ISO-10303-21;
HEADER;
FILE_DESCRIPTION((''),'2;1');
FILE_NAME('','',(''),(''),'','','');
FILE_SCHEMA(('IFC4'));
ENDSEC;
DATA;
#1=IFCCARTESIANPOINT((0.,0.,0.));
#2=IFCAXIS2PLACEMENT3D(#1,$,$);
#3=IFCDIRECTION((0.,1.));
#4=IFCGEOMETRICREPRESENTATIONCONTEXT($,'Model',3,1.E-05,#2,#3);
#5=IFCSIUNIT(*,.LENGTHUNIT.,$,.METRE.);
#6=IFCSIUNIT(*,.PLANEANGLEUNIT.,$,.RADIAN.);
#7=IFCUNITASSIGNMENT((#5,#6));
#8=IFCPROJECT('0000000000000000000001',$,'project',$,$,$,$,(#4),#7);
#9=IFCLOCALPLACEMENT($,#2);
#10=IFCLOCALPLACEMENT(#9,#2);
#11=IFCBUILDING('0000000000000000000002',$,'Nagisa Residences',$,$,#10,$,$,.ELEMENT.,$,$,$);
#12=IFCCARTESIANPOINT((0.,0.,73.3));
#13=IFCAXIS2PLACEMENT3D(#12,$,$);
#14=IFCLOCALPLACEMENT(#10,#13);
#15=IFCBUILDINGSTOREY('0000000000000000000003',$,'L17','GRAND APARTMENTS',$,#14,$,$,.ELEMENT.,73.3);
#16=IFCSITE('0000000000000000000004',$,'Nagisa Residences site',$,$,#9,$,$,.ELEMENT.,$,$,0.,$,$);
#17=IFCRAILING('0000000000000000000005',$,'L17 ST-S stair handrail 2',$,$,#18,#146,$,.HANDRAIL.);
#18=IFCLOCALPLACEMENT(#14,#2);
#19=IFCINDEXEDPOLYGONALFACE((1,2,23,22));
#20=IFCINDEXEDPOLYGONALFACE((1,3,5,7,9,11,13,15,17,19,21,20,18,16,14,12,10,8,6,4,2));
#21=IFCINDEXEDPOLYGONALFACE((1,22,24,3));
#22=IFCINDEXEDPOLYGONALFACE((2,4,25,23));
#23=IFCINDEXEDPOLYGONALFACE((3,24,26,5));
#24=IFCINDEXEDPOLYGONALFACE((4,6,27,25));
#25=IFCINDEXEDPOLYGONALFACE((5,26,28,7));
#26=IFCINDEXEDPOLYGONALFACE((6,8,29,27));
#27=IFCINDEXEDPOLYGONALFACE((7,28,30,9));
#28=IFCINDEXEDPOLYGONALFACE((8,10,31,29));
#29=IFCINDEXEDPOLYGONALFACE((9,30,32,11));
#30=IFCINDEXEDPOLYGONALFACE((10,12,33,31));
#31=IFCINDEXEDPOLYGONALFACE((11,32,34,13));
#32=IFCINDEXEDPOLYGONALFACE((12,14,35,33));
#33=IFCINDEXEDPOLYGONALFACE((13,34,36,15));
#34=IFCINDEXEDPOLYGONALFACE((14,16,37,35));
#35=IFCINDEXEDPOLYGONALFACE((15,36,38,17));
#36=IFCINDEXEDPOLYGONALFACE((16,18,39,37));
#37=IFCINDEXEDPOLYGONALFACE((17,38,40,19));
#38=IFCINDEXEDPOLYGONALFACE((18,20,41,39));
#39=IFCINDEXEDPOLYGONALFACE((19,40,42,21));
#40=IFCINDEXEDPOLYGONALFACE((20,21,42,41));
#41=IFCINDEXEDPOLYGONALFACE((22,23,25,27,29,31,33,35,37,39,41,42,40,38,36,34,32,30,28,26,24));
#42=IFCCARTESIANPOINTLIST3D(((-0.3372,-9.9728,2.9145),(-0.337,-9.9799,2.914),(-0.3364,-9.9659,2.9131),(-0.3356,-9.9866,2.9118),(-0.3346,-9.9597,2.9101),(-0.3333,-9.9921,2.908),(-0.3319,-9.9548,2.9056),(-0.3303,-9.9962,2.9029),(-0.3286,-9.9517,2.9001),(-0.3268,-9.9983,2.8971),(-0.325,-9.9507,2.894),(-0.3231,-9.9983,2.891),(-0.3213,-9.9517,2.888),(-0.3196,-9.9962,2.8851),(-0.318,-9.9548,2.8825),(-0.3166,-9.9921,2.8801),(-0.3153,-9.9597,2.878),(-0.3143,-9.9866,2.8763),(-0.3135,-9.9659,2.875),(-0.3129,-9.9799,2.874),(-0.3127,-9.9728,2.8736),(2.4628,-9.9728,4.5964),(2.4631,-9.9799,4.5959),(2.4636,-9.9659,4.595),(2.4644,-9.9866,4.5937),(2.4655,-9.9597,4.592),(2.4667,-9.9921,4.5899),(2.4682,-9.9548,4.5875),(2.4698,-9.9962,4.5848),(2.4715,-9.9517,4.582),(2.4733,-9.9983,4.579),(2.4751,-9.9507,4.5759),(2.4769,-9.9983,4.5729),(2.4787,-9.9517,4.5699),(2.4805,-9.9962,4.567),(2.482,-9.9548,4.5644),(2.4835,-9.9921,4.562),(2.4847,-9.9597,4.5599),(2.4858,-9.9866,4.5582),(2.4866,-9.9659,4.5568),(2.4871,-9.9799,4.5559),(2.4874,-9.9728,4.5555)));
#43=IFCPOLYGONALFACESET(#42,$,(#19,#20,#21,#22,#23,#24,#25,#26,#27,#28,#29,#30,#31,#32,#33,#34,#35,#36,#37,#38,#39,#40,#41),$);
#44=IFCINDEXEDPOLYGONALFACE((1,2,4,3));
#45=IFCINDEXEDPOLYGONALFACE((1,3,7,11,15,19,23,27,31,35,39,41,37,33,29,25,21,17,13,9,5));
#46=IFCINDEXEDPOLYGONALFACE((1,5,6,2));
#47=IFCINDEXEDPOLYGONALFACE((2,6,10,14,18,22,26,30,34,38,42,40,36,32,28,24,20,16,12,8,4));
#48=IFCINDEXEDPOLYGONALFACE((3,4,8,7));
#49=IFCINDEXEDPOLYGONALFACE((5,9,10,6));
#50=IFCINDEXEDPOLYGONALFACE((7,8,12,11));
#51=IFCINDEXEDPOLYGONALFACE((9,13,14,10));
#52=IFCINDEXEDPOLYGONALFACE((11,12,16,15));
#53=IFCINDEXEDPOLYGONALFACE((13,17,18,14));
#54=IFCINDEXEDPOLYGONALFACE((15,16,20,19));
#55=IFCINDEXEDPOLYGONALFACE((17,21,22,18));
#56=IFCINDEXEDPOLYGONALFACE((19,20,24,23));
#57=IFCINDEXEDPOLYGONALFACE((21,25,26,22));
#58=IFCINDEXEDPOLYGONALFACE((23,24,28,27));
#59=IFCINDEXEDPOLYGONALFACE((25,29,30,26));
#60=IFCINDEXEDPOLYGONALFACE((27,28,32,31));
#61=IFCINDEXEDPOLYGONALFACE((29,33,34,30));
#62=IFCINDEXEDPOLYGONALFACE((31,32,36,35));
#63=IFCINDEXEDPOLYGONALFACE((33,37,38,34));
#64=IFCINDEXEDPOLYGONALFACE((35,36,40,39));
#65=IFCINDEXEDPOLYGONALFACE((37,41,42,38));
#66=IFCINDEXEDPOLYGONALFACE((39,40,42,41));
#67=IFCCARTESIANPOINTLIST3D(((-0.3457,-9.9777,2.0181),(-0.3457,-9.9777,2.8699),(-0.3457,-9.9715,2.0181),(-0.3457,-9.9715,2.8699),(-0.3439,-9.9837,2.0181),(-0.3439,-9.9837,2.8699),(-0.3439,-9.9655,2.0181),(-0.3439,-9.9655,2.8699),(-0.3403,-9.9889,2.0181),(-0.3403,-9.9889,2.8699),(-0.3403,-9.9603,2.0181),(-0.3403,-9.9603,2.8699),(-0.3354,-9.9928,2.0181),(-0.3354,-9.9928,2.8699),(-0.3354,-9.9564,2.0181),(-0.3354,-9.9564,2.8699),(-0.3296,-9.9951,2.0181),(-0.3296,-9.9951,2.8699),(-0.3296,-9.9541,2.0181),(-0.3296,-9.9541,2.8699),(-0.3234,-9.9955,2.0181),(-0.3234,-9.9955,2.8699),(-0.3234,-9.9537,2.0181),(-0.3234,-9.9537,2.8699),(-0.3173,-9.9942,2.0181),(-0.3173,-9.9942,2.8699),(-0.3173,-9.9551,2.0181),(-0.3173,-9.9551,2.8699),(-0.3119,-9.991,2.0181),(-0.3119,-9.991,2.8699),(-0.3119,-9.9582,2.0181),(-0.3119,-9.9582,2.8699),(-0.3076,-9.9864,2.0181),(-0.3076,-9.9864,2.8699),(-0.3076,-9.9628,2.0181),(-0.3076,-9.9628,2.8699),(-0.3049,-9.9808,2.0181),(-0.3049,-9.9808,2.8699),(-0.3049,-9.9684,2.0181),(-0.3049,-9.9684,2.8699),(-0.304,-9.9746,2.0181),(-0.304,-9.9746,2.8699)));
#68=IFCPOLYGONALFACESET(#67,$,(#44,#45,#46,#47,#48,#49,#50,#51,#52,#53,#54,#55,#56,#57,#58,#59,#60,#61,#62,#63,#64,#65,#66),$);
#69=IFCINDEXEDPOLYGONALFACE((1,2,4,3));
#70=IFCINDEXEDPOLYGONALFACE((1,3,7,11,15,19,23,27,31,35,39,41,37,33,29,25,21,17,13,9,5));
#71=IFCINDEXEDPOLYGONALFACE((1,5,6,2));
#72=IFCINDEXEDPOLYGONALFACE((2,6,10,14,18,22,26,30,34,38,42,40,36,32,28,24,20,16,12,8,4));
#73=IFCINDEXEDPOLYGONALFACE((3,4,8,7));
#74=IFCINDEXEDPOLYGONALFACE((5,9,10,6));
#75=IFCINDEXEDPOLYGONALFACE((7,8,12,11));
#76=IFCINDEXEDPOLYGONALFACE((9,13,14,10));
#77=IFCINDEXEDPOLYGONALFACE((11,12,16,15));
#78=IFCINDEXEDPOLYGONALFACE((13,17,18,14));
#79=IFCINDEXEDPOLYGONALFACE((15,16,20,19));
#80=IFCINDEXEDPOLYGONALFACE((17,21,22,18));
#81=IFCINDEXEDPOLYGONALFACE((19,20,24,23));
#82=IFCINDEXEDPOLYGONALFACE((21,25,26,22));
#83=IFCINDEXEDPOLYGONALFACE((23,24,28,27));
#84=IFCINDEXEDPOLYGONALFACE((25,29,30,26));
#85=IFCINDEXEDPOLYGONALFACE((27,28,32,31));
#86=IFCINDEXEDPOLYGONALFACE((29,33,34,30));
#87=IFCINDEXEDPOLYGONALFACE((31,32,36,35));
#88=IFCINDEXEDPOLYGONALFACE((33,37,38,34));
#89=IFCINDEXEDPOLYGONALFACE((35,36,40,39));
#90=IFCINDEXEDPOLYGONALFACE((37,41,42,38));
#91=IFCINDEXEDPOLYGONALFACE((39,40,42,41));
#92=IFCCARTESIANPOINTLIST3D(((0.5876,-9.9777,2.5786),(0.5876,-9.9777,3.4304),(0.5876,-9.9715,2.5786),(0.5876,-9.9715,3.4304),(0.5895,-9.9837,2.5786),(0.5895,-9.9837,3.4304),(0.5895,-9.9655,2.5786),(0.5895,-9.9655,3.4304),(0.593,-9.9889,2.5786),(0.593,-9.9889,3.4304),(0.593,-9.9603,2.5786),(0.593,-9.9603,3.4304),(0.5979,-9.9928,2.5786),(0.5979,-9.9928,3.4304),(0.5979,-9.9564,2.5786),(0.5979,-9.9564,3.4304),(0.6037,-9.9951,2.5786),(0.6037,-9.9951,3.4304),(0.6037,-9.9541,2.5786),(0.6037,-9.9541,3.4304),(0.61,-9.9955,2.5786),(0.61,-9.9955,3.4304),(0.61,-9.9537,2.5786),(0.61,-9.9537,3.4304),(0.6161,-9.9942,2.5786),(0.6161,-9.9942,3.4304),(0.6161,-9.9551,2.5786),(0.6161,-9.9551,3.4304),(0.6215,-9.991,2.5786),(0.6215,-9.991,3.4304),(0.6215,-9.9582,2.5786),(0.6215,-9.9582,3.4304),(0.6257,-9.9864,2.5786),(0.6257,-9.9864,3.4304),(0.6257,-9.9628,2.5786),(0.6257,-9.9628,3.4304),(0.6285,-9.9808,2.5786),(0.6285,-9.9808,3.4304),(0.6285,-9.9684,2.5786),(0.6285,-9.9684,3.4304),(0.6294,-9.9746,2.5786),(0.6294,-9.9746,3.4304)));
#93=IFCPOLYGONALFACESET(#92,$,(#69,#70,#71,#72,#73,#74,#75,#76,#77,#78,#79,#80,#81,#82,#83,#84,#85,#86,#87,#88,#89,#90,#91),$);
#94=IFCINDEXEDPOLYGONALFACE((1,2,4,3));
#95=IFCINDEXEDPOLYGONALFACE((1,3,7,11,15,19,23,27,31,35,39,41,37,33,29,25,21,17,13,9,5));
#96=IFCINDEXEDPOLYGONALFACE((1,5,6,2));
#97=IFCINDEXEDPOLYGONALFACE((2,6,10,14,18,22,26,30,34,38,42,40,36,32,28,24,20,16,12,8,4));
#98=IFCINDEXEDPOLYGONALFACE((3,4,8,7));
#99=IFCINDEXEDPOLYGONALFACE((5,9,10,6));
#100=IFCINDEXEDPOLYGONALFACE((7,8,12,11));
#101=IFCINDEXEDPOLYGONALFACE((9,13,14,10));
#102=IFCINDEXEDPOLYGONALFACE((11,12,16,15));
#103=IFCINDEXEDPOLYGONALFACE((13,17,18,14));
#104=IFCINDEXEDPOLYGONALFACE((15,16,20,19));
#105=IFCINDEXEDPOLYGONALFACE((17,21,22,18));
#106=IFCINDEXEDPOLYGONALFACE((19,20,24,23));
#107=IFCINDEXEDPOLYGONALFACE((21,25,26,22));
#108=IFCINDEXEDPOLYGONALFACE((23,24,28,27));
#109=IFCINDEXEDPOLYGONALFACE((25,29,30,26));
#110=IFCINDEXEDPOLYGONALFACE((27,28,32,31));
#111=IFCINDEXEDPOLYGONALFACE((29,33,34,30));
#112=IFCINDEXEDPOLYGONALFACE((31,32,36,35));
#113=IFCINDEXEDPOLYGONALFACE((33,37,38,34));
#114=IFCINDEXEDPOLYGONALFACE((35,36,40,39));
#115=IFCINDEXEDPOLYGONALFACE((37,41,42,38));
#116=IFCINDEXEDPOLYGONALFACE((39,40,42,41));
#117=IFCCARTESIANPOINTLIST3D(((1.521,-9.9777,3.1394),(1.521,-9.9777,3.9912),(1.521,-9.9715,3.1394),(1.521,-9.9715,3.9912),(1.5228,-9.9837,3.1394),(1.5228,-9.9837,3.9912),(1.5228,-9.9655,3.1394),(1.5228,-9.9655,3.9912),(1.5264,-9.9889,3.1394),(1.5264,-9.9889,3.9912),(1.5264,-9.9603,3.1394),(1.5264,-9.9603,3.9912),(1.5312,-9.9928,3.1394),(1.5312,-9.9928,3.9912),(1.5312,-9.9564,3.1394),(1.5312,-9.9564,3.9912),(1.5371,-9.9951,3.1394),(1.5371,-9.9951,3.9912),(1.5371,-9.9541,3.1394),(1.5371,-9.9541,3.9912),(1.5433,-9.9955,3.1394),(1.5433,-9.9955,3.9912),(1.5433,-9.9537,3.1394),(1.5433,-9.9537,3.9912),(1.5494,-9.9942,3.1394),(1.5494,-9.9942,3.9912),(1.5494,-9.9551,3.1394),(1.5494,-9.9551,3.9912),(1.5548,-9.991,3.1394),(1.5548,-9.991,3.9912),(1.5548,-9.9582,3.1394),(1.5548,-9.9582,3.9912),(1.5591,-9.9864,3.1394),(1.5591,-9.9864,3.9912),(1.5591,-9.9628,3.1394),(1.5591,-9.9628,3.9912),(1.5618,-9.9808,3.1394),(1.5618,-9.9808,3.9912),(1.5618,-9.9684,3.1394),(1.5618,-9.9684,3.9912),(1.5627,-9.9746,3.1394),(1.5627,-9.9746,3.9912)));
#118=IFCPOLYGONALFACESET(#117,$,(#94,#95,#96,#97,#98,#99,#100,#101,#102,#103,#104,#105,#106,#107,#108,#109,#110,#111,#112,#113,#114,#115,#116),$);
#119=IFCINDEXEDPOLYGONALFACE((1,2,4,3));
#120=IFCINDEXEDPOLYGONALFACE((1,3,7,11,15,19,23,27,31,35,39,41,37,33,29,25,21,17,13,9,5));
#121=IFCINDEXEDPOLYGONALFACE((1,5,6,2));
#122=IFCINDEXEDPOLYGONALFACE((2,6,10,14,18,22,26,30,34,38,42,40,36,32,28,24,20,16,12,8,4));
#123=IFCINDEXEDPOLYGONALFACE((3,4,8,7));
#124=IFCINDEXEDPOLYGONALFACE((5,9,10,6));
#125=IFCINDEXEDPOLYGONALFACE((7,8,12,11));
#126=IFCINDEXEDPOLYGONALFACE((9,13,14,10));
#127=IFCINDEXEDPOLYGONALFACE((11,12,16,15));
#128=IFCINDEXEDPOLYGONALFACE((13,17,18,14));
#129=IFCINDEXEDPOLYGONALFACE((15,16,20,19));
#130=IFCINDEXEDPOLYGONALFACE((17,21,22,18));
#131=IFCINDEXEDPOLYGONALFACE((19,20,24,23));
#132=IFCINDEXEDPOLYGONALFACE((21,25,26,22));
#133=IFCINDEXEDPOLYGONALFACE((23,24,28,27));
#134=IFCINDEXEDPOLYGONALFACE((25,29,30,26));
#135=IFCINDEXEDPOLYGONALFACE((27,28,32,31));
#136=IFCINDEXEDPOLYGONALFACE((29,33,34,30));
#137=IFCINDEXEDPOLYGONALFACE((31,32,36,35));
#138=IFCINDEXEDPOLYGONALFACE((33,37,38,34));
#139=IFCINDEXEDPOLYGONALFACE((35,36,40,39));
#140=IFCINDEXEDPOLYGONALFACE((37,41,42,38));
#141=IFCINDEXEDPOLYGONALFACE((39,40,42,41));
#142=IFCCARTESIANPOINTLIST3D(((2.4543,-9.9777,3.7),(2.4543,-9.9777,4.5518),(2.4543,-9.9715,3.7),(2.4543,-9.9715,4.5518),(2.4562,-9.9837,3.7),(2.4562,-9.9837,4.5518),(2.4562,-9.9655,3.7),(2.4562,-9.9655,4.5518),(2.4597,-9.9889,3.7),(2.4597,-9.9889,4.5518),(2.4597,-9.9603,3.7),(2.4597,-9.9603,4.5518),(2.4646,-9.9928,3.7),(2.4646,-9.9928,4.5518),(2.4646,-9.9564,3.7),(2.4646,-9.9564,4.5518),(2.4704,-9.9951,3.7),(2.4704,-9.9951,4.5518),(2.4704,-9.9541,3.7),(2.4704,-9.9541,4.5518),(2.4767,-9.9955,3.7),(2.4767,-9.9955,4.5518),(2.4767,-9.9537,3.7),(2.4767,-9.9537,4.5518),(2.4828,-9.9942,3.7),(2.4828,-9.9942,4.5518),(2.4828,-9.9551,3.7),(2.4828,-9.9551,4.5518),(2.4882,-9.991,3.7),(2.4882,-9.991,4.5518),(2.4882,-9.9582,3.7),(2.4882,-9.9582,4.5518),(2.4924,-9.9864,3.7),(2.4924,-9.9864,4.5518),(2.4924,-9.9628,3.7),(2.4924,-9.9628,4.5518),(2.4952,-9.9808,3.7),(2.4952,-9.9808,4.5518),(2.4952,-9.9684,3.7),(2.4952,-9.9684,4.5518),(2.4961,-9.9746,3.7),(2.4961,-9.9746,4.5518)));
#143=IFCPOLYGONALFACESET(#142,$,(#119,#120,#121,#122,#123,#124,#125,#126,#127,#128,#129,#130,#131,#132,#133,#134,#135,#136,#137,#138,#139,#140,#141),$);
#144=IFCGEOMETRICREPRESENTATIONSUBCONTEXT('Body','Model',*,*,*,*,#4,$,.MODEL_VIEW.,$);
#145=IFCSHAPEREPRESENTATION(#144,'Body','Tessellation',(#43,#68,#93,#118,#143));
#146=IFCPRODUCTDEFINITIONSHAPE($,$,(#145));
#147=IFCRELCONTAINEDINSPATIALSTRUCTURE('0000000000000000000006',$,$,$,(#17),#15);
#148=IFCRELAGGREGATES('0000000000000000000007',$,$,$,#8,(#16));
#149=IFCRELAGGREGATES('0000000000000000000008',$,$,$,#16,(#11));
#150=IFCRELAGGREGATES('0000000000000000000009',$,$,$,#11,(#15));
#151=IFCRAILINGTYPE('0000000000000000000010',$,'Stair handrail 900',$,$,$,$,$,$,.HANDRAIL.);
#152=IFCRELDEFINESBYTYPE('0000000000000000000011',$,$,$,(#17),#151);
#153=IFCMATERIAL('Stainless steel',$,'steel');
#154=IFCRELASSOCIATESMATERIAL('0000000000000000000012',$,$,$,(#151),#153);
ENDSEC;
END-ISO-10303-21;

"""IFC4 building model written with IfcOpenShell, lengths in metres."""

from ifc_helpers import new_model, si_unit, direction, frame, origin, origin_2d, place, context, subcontext, project, spatial, circle, extrude, material, type_object, element, save


model = new_model("IFC4")

# Units and contexts
model_context = context("Model", 3, precision=1e-05, world=origin(), true_north=direction((0.0, 1.0)))
body_context = subcontext(model_context, "Body", "Model", "MODEL_VIEW")
ifc_project = project(units=[si_unit("LENGTHUNIT", "METRE"), si_unit("PLANEANGLEUNIT", "RADIAN")], contexts=[model_context])

# Site, building, storey
site_placement = place(None, origin())
site = spatial("IfcSite", under=ifc_project, at=site_placement, Name="Nagisa Residences site", CompositionType="ELEMENT", RefElevation=0.0)
building_placement = place(site_placement, origin())
building = spatial("IfcBuilding", under=site, at=building_placement, Name="Nagisa Residences", CompositionType="ELEMENT")
storey_placement = place(building_placement, frame((0.0, 0.0, 73.3)))
storey = spatial("IfcBuildingStorey", under=building, at=storey_placement, Name="L17", Description="GRAND APARTMENTS", CompositionType="ELEMENT", Elevation=73.3)

# Railing
ifc_material_1 = material(Name="Stainless steel", Category="steel")
railing_type = type_object("IfcRailingType", Name="Stair handrail 900", PredefinedType="HANDRAIL", material=ifc_material_1)
railing_placement = place(storey_placement, frame((-0.325, -9.9746, 2.0181)))
element("IfcRailing", 1, at=railing_placement, inside=storey, type_object=railing_type, Name="L17 ST-S stair handrail 2", PredefinedType="HANDRAIL", context=body_context, shape_type="SweptSolid", body=[
    extrude(circle(Radius=0.0239, at=origin_2d()), frame((0.0, 0.0, 0.876), z_axis=(0.857242, 0.0, 0.514913), x_axis=(0.0, 1.0, 0.0)), (0.0, 0.0, 1.0), 3.2664),
    extrude(circle(Radius=0.021, at=origin_2d()), origin(), (0.0, 0.0, 1.0), 0.8518),
    extrude(circle(Radius=0.021, at=origin_2d()), frame((0.9333, 0.0, 0.5605)), (0.0, 0.0, 1.0), 0.8518),
    extrude(circle(Radius=0.021, at=origin_2d()), frame((1.8667, 0.0, 1.1213)), (0.0, 0.0, 1.0), 0.8518),
    extrude(circle(Radius=0.021, at=origin_2d()), frame((2.8, 0.0, 1.6819)), (0.0, 0.0, 1.0), 0.8518),
])

save(model, "model.ifc")
